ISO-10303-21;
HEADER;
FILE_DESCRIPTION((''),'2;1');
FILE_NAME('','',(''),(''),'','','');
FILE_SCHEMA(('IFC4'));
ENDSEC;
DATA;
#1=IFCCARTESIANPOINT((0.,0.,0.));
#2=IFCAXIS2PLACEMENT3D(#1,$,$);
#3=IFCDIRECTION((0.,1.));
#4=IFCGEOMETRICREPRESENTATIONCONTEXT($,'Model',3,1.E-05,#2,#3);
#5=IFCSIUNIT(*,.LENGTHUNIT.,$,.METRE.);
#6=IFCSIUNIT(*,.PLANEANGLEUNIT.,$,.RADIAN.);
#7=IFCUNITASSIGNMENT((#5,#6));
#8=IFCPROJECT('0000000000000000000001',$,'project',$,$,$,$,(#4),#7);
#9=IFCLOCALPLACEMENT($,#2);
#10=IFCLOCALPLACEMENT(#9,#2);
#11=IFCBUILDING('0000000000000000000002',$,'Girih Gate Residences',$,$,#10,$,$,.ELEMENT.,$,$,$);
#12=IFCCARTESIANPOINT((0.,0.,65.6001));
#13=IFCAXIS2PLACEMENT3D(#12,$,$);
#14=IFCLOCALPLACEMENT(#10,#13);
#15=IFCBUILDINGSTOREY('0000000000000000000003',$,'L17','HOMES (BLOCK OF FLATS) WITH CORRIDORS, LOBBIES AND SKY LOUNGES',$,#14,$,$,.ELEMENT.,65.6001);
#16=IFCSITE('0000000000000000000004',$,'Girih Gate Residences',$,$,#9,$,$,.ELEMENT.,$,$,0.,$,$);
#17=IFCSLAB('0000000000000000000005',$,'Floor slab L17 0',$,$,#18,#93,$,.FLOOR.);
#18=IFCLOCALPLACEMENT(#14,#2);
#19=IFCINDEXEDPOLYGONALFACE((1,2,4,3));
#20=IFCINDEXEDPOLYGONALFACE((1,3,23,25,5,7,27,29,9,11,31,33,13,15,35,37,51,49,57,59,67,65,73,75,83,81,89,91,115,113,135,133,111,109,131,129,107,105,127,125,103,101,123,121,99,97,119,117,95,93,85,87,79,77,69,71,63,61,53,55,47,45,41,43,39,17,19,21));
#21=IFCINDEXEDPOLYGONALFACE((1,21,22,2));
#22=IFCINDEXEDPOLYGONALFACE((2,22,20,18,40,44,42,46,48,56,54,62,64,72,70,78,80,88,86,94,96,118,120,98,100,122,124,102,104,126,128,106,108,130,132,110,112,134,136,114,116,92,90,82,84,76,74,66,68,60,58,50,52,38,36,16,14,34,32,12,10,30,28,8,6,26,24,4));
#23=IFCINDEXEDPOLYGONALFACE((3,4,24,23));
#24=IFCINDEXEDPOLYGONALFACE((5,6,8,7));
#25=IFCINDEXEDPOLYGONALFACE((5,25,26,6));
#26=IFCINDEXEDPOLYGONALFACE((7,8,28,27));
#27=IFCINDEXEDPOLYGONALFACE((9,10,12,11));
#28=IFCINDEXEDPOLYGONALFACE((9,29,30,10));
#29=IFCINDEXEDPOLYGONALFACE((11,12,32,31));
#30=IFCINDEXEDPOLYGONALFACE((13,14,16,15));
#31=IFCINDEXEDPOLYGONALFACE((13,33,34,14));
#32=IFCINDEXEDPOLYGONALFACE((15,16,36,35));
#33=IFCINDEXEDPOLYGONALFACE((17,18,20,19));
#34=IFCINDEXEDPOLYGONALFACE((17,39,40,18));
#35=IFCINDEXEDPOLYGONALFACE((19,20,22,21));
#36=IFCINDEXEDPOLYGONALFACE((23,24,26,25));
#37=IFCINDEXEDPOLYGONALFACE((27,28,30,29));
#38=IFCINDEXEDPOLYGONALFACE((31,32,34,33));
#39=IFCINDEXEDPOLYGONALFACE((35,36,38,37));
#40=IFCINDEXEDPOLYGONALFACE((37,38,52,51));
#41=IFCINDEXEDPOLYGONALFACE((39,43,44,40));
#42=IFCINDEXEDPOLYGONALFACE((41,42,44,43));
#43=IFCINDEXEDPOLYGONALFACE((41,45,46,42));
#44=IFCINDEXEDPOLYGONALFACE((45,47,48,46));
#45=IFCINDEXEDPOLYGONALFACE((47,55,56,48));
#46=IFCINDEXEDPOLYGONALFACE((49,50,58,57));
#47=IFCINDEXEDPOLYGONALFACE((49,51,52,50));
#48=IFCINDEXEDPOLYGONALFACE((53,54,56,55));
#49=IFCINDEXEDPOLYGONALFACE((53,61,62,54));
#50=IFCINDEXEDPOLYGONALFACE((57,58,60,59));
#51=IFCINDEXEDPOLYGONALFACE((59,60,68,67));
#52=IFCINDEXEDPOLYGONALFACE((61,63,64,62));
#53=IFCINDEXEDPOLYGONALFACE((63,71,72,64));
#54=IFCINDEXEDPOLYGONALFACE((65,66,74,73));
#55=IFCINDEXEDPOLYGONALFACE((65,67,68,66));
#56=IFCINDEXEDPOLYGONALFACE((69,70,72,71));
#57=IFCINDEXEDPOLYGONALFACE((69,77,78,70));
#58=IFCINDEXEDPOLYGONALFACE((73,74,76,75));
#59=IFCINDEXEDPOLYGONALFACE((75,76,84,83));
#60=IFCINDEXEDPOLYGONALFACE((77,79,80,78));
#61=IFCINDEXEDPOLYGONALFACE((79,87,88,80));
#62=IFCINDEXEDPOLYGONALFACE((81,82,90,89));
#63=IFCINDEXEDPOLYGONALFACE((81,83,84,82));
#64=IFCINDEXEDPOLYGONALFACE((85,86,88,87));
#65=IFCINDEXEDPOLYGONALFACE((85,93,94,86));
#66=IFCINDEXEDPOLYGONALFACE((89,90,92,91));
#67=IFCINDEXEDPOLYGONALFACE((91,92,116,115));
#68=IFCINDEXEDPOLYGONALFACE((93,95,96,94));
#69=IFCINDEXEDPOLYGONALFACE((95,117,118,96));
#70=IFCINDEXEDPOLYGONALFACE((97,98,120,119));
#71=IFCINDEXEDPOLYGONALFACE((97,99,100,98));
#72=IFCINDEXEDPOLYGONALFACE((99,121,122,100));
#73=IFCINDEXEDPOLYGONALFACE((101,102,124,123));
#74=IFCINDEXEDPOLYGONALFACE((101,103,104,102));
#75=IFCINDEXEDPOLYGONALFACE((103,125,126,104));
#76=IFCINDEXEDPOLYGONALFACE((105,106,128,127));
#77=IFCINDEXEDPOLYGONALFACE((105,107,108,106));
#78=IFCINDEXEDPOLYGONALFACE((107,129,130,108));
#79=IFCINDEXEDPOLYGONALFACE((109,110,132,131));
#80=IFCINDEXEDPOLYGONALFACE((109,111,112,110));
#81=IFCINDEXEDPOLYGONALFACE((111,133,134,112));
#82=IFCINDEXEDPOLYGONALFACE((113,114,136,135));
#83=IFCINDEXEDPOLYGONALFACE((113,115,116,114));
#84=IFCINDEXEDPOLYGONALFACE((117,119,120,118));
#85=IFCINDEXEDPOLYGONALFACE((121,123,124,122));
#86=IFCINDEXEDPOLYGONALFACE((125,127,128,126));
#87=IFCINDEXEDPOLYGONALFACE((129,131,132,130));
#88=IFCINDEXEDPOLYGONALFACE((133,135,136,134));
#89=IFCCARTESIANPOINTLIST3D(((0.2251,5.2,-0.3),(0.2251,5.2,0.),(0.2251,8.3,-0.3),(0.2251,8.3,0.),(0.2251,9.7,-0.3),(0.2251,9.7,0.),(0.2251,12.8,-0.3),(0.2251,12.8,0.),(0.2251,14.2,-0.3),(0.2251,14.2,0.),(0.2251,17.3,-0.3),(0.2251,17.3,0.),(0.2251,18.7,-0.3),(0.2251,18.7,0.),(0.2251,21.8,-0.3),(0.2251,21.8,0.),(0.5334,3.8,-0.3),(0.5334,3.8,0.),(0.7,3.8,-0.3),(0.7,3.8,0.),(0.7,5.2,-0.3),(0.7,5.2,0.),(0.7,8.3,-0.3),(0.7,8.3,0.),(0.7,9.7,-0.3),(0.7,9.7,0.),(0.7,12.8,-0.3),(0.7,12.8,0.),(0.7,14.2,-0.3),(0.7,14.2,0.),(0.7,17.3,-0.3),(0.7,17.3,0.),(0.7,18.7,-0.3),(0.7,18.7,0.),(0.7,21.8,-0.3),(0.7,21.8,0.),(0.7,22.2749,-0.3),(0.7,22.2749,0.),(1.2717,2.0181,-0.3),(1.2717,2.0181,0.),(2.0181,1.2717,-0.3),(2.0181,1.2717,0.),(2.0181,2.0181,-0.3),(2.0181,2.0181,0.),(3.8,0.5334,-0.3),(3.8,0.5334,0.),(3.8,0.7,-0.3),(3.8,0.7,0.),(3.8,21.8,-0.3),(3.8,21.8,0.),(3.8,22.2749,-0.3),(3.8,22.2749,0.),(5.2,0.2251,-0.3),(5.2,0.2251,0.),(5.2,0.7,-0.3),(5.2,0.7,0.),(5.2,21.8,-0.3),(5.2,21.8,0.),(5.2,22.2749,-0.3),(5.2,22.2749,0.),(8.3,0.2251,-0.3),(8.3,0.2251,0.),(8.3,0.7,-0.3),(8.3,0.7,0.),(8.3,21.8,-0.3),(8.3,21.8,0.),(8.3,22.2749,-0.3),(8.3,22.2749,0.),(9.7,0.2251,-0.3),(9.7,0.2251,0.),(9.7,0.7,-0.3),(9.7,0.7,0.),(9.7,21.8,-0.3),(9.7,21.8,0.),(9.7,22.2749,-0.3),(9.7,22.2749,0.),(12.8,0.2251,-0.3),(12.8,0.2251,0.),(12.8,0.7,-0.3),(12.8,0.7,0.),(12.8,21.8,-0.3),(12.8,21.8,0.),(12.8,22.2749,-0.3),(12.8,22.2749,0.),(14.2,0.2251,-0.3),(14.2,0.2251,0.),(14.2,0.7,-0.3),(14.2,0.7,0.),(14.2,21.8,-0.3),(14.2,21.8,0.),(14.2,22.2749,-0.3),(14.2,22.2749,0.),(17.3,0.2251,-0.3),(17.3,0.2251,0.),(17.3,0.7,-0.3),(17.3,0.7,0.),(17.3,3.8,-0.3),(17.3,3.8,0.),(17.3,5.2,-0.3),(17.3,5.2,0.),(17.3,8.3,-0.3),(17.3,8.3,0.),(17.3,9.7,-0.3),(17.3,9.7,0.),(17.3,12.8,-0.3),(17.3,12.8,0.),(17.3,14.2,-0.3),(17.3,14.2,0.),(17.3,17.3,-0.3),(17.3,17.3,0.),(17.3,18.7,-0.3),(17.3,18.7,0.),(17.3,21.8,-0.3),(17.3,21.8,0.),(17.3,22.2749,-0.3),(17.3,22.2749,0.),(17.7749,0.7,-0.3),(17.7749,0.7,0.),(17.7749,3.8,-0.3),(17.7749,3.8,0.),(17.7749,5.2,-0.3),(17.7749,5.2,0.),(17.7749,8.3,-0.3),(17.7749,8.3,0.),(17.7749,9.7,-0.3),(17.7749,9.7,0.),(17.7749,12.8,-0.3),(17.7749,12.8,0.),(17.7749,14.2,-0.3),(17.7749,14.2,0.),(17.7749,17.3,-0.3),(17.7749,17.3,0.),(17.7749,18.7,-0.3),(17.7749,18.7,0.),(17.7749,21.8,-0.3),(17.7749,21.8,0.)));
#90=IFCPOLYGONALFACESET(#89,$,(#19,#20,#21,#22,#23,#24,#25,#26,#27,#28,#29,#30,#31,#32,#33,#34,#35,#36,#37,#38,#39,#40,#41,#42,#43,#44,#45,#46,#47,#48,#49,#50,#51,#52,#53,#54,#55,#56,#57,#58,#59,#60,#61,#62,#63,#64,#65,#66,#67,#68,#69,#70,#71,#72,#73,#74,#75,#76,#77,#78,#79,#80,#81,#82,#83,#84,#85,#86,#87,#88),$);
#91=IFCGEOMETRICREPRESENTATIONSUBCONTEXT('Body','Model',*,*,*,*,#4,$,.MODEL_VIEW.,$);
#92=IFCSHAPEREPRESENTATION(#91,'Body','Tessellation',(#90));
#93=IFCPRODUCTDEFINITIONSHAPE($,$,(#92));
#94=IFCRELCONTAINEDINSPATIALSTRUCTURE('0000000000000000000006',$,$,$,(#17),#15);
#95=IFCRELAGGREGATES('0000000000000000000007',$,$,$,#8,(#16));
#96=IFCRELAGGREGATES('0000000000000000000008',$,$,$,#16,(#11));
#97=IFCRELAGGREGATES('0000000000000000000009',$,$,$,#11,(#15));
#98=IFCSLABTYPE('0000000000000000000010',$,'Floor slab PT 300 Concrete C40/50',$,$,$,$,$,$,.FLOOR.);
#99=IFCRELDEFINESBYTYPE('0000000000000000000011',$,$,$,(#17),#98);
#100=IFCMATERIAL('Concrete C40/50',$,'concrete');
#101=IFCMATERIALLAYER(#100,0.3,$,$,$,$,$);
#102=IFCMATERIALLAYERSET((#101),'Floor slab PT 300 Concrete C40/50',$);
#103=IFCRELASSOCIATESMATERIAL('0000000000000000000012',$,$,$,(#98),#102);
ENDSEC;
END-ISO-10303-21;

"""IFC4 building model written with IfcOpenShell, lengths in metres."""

from ifc_helpers import new_model, si_unit, direction, frame, origin, place, context, subcontext, project, spatial, polyline, outline, extrude, material, layer, layer_set, type_object, element, save


model = new_model("IFC4")

# Units and contexts
model_context = context("Model", 3, precision=1e-05, world=origin(), true_north=direction((0.0, 1.0)))
body_context = subcontext(model_context, "Body", "Model", "MODEL_VIEW")
ifc_project = project(units=[si_unit("LENGTHUNIT", "METRE"), si_unit("PLANEANGLEUNIT", "RADIAN")], contexts=[model_context])

# Site, building, storey
site_placement = place(None, origin())
site = spatial("IfcSite", under=ifc_project, at=site_placement, Name="Girih Gate Residences", CompositionType="ELEMENT", RefElevation=0.0)
building_placement = place(site_placement, origin())
building = spatial("IfcBuilding", under=site, at=building_placement, Name="Girih Gate Residences", CompositionType="ELEMENT")
storey_placement = place(building_placement, frame((0.0, 0.0, 65.6001)))
storey = spatial("IfcBuildingStorey", under=building, at=storey_placement, Name="L17", Description="HOMES (BLOCK OF FLATS) WITH CORRIDORS, LOBBIES AND SKY LOUNGES", CompositionType="ELEMENT", Elevation=65.6001)

# Slab
ifc_material_1 = material(Name="Concrete C40/50", Category="concrete")
ifc_layer_1 = layer(ifc_material_1, 0.3)
ifc_layer_set_1 = layer_set([ifc_layer_1], Name="Floor slab PT 300 Concrete C40/50")
slab_type_1 = type_object("IfcSlabType", Name="Floor slab PT 300 Concrete C40/50", PredefinedType="FLOOR", material=ifc_layer_set_1)
slab_1_placement = place(storey_placement, frame((0.0, 0.0, -0.3)))
element("IfcSlab", 1, at=slab_1_placement, inside=storey, type_object=slab_type_1, Name="Floor slab L17 0", PredefinedType="FLOOR", context=body_context, shape_type="SweptSolid", body=[
    extrude(outline(polyline([(0.2251, 8.3), (0.2251, 5.2), (0.7, 5.2), (0.7, 3.8), (0.5334, 3.8), (1.2717, 2.0181), (2.0181, 2.0181), (2.0181, 1.2717), (3.8, 0.5334), (3.8, 0.7), (5.2, 0.7), (5.2, 0.2251), (8.3, 0.2251), (8.3, 0.7), (9.7, 0.7), (9.7, 0.2251), (12.8, 0.2251), (12.8, 0.7), (14.2, 0.7), (14.2, 0.2251), (17.3, 0.2251), (17.3, 0.7), (17.7749, 0.7), (17.7749, 3.8), (17.3, 3.8), (17.3, 5.2), (17.7749, 5.2), (17.7749, 8.3), (17.3, 8.3), (17.3, 9.7), (17.7749, 9.7), (17.7749, 12.8), (17.3, 12.8), (17.3, 14.2), (17.7749, 14.2), (17.7749, 17.3), (17.3, 17.3), (17.3, 18.7), (17.7749, 18.7), (17.7749, 21.8), (17.3, 21.8), (17.3, 22.2749), (14.2, 22.2749), (14.2, 21.8), (12.8, 21.8), (12.8, 22.2749), (9.7, 22.2749), (9.7, 21.8), (8.3, 21.8), (8.3, 22.2749), (5.2, 22.2749), (5.2, 21.8), (3.8, 21.8), (3.8, 22.2749), (0.7, 22.2749), (0.7, 21.8), (0.2251, 21.8), (0.2251, 18.7), (0.7, 18.7), (0.7, 17.3), (0.2251, 17.3), (0.2251, 14.2), (0.7, 14.2), (0.7, 12.8), (0.2251, 12.8), (0.2251, 9.7), (0.7, 9.7), (0.7, 8.3), (0.2251, 8.3)])), origin(), (0.0, 0.0, 1.0), 0.3),
])

save(model, "model.ifc")
